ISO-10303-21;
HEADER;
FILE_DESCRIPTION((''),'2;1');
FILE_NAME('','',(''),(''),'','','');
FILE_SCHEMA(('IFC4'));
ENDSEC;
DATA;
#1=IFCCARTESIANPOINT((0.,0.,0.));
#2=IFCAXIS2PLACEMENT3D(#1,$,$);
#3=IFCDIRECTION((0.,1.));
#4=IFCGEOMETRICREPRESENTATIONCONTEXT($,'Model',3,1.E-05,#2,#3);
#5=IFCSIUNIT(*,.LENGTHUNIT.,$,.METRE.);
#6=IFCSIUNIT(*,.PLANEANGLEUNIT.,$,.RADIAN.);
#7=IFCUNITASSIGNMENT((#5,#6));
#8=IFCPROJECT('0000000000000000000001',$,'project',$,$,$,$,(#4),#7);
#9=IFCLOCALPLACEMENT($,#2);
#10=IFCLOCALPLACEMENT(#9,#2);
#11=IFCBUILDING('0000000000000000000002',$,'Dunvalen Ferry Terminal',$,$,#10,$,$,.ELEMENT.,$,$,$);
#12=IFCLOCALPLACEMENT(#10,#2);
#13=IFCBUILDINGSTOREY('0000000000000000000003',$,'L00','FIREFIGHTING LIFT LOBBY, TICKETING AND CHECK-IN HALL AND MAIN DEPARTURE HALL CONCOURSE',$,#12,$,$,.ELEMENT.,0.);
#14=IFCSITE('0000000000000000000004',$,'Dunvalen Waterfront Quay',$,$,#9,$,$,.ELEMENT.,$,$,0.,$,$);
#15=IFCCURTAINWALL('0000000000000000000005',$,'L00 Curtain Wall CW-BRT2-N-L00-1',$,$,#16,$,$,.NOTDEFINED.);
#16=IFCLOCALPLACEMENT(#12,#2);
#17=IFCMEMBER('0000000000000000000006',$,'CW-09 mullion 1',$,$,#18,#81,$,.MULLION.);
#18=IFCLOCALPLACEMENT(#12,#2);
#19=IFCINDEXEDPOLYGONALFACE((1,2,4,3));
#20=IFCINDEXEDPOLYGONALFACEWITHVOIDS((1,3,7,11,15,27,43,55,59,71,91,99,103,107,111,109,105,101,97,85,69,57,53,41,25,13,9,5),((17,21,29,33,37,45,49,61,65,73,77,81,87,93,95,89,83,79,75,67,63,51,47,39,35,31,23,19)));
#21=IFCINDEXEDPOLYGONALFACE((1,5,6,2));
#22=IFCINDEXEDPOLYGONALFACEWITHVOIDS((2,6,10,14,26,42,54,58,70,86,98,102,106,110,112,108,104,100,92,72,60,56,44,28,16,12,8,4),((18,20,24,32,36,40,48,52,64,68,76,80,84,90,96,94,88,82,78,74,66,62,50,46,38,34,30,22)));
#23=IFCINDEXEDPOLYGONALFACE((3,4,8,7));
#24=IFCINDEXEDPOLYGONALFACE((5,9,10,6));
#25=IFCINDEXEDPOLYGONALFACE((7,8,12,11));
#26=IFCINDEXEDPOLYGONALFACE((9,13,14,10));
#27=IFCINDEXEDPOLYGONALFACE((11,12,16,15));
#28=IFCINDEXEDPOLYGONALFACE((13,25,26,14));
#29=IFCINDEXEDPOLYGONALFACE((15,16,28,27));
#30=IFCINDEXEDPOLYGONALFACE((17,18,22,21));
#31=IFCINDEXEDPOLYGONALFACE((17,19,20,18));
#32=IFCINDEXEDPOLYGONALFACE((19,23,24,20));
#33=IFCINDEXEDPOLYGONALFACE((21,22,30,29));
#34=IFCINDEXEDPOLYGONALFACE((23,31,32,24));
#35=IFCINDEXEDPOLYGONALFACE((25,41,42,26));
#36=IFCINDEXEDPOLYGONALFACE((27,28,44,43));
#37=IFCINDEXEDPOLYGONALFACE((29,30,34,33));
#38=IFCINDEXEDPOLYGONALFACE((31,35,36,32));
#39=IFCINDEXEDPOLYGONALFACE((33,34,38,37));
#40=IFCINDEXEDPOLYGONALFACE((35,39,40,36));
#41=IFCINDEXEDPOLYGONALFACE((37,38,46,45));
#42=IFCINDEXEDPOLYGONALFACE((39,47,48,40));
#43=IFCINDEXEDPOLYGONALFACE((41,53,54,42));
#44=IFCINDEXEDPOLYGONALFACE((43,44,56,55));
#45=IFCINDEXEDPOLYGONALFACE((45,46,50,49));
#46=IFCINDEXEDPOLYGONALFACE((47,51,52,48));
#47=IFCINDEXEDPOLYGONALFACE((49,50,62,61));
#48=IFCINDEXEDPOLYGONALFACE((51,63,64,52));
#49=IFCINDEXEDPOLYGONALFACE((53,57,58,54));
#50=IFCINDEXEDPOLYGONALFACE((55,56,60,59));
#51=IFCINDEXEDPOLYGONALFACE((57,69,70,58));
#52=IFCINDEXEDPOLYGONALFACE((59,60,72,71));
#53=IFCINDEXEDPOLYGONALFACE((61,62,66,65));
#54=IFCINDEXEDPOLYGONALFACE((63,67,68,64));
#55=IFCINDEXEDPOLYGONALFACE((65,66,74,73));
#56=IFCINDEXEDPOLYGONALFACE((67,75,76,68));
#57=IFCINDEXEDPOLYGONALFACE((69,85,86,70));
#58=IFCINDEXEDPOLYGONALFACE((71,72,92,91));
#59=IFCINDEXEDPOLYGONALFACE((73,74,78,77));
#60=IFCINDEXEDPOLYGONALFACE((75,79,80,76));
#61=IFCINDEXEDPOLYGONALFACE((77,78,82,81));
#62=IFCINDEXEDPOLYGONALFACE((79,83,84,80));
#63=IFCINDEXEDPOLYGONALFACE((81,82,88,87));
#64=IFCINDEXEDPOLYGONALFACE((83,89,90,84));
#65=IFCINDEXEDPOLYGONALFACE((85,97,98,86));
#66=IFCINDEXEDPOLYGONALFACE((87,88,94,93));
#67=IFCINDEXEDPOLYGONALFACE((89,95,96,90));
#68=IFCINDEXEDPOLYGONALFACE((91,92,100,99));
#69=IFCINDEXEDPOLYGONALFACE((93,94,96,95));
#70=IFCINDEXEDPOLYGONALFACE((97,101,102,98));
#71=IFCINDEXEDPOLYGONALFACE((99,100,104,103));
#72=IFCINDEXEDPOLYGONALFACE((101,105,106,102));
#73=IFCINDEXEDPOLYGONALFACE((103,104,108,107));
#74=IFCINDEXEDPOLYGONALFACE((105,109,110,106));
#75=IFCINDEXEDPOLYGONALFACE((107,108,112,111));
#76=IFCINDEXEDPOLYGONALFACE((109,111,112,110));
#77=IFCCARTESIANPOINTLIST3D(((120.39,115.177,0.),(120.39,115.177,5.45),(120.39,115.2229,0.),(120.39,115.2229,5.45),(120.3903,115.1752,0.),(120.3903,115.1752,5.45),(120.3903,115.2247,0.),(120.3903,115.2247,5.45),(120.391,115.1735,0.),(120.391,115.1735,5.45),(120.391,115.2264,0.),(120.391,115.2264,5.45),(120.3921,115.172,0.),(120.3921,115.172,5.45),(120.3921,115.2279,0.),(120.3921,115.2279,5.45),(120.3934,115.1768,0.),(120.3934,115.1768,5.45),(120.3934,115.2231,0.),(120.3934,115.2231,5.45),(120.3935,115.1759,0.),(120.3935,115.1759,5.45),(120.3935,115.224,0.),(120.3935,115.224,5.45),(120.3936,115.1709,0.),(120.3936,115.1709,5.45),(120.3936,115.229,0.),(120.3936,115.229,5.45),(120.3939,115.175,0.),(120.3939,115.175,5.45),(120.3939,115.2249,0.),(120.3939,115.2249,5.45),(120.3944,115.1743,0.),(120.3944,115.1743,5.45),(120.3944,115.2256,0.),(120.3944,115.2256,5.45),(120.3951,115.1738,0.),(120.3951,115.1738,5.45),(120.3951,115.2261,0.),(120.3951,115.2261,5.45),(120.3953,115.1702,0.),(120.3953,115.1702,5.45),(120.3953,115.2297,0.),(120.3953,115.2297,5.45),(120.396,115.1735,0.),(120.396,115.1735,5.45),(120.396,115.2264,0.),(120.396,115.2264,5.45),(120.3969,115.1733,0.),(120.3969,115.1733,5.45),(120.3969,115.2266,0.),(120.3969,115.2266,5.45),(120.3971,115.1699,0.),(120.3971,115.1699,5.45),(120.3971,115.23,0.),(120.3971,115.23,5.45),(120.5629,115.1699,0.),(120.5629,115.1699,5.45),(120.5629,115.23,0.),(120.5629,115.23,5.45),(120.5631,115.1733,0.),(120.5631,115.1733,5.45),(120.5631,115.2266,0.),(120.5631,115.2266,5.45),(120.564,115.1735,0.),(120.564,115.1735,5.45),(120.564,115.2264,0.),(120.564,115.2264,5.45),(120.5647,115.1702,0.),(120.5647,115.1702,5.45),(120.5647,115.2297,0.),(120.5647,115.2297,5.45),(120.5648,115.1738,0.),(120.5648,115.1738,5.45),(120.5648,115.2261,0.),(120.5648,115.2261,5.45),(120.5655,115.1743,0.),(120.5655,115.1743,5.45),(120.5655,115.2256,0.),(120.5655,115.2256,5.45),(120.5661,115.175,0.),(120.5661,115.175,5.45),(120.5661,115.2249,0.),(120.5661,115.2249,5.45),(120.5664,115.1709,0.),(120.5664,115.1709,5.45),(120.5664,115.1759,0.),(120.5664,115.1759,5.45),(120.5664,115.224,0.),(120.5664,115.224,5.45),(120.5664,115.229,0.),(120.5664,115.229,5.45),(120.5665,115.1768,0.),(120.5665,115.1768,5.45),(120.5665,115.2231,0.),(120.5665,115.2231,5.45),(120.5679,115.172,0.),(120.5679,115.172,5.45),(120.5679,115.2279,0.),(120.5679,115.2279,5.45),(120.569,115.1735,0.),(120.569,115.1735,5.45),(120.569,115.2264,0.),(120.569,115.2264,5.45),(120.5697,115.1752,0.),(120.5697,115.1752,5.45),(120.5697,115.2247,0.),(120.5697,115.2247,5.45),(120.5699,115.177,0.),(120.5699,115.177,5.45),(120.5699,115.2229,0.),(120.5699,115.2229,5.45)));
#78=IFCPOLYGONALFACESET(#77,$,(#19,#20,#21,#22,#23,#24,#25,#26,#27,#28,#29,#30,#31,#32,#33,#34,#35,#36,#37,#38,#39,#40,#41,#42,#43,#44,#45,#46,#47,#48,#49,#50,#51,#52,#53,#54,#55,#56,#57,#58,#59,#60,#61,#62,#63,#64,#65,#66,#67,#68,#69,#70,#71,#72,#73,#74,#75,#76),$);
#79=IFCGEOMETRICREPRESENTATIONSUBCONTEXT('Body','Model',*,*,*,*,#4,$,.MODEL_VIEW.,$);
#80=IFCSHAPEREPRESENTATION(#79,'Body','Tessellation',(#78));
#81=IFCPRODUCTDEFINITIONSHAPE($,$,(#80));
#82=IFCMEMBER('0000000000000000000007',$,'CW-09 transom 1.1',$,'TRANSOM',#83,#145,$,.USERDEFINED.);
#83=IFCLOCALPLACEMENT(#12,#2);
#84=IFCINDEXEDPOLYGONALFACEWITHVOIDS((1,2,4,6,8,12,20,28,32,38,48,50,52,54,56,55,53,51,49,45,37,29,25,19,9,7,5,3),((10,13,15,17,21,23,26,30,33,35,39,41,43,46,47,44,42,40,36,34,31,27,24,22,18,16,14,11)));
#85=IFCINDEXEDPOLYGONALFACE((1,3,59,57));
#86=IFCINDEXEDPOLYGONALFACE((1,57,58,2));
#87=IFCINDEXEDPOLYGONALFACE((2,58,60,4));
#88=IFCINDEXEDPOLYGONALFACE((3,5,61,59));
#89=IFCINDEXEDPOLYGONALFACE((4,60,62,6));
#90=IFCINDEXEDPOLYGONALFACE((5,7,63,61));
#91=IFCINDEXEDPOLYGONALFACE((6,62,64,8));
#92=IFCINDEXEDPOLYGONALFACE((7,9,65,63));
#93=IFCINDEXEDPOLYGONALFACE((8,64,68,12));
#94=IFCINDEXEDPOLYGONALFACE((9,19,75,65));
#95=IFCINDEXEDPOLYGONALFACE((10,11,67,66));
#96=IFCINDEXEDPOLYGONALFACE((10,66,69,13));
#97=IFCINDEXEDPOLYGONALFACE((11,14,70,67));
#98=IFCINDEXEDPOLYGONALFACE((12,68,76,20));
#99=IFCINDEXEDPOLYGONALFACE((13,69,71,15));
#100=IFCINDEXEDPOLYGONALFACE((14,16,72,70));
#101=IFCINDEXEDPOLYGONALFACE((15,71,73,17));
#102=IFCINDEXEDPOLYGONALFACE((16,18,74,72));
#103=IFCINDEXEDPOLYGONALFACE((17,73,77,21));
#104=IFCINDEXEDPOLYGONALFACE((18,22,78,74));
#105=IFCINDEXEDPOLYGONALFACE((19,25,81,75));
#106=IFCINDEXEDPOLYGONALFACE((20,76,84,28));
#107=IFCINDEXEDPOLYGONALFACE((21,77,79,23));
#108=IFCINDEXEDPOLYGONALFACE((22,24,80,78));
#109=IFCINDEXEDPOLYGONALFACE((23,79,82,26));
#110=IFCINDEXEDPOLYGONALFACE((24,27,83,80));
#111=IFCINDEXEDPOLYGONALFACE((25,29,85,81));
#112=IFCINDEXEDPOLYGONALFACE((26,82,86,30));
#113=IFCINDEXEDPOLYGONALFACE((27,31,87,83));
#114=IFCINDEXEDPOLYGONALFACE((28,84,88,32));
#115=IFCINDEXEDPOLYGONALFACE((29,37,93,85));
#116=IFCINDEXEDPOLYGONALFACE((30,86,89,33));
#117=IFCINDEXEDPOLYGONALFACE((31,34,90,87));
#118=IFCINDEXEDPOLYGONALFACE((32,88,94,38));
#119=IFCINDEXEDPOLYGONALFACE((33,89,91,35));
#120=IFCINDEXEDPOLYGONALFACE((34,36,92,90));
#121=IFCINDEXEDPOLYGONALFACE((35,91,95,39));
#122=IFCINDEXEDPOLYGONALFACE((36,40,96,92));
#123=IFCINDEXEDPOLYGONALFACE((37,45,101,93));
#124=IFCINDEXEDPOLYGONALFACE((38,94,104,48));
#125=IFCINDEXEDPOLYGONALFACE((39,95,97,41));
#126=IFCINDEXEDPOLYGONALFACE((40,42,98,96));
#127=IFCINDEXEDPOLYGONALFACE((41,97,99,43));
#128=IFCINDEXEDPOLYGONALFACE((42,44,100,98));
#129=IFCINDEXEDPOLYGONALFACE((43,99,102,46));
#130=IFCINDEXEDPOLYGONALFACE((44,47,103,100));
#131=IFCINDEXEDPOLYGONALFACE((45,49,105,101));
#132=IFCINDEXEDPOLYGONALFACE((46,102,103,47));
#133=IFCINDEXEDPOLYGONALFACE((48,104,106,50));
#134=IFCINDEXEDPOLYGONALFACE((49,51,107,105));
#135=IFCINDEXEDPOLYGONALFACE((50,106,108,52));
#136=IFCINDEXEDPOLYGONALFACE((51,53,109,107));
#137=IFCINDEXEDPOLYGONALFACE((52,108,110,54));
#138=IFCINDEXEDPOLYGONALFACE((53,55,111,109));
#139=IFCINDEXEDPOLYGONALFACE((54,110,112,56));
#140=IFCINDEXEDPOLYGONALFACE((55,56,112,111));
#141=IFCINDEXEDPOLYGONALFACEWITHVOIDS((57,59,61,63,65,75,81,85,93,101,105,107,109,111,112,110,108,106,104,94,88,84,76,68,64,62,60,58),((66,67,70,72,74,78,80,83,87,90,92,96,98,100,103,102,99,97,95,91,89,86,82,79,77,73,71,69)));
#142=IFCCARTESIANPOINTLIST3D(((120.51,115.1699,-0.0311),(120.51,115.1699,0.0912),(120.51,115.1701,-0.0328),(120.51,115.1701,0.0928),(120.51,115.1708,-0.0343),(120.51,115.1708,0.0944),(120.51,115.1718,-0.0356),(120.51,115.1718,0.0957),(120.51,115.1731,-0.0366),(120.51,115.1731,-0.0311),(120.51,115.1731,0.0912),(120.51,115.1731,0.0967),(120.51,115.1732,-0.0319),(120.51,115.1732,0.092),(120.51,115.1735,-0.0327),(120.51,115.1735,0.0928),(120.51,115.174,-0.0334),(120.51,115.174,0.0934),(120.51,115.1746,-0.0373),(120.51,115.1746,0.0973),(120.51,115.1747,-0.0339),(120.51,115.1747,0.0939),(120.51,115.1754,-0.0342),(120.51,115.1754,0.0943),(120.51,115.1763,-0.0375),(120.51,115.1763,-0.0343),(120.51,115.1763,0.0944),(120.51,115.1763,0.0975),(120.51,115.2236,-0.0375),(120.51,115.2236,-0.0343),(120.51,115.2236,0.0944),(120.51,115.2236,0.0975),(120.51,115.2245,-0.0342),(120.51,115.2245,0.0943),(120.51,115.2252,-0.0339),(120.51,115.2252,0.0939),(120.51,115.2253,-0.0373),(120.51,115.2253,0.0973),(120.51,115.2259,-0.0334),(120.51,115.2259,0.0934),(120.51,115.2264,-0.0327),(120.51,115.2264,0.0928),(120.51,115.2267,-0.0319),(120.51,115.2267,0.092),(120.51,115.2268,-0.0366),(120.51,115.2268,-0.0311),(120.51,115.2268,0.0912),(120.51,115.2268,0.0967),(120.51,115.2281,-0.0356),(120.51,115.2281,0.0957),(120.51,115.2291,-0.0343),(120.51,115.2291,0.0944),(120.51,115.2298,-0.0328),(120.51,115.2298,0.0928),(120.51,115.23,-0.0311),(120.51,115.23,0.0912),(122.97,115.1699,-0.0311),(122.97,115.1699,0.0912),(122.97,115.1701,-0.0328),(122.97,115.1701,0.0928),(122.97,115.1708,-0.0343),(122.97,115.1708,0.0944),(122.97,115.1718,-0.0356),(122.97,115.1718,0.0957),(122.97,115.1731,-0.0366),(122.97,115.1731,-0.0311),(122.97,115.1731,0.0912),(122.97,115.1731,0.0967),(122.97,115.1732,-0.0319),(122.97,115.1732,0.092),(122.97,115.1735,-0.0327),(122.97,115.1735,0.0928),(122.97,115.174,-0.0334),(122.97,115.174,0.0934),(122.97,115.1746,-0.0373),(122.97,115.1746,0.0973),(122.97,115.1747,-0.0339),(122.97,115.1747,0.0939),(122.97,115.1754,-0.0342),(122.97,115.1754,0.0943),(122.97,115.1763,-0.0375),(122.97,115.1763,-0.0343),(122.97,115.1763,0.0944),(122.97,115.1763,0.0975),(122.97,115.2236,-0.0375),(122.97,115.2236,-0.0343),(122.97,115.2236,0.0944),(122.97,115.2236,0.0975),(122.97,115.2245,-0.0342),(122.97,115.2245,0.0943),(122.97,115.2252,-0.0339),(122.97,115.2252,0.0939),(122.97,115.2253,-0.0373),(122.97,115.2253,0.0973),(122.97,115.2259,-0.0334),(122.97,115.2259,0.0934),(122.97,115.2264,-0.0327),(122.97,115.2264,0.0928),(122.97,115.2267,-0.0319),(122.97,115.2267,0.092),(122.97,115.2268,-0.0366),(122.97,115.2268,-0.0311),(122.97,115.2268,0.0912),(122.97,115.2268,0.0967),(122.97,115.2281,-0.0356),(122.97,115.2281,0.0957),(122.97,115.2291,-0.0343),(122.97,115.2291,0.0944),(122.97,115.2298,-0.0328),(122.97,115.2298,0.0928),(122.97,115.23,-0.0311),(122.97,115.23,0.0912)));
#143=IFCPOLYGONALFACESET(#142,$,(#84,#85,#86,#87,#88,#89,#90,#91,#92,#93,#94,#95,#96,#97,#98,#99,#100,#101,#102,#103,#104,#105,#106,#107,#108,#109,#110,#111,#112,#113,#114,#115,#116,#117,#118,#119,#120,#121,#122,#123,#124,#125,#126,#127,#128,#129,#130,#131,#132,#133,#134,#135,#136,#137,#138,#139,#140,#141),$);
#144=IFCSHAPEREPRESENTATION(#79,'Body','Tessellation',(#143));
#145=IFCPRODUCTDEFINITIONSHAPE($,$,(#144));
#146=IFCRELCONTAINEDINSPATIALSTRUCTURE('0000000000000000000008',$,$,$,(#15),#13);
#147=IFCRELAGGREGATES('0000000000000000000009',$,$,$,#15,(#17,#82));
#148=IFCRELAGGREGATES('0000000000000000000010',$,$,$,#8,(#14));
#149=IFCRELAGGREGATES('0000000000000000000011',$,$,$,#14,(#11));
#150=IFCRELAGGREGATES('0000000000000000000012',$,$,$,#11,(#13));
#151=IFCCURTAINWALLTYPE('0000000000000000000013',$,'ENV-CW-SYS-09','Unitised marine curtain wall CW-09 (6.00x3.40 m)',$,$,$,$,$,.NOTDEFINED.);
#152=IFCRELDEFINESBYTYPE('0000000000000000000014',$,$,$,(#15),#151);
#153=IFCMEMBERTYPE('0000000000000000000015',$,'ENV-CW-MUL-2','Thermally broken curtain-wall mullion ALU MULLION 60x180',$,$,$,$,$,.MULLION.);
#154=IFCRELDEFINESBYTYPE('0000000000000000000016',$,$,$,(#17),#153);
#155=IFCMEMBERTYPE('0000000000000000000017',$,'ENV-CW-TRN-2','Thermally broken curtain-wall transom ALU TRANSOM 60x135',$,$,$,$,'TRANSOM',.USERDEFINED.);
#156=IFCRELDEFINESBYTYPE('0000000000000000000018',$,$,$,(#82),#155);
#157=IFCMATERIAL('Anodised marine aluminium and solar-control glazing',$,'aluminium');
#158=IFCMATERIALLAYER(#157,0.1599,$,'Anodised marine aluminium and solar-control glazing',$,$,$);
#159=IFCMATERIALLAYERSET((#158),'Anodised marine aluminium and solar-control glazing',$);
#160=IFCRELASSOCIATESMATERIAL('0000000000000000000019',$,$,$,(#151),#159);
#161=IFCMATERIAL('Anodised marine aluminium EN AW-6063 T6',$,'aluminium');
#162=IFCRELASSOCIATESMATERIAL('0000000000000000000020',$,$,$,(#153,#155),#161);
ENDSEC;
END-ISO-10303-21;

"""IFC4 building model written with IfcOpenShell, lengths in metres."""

from ifc_helpers import new_model, si_unit, direction, frame, origin, origin_2d, place, context, subcontext, project, spatial, hollow_rectangle, extrude, material, layer, layer_set, material_profile, profile_set, type_object, element, aggregate, save


model = new_model("IFC4")

# Units and contexts
model_context = context("Model", 3, precision=1e-05, world=origin(), true_north=direction((0.0, 1.0)))
body_context = subcontext(model_context, "Body", "Model", "MODEL_VIEW")
ifc_project = project(units=[si_unit("LENGTHUNIT", "METRE"), si_unit("PLANEANGLEUNIT", "RADIAN")], contexts=[model_context])

# Site, building, storey
site_placement = place(None, origin())
site = spatial("IfcSite", under=ifc_project, at=site_placement, Name="Dunvalen Waterfront Quay", CompositionType="ELEMENT", RefElevation=0.0)
building_placement = place(site_placement, origin())
building = spatial("IfcBuilding", under=site, at=building_placement, Name="Dunvalen Ferry Terminal", CompositionType="ELEMENT")
storey_placement = place(building_placement, origin())
storey = spatial("IfcBuildingStorey", under=building, at=storey_placement, Name="L00", Description="FIREFIGHTING LIFT LOBBY, TICKETING AND CHECK-IN HALL AND MAIN DEPARTURE HALL CONCOURSE", CompositionType="ELEMENT", Elevation=0.0)

# Curtain wall, members
ifc_material_1 = material(Name="Anodised marine aluminium and solar-control glazing", Category="aluminium")
ifc_layer_1 = layer(ifc_material_1, 0.1599, Name="Anodised marine aluminium and solar-control glazing")
ifc_layer_set_1 = layer_set([ifc_layer_1], Name="Anodised marine aluminium and solar-control glazing")
curtain_wall_type = type_object("IfcCurtainWallType", Name="ENV-CW-SYS-09", Description="Unitised marine curtain wall CW-09 (6.00x3.40 m)", PredefinedType="NOTDEFINED", material=ifc_layer_set_1)
curtain_wall_placement = place(storey_placement, origin())
curtain_wall = element("IfcCurtainWall", 1, at=curtain_wall_placement, inside=storey, type_object=curtain_wall_type, Name="L00 Curtain Wall CW-BRT2-N-L00-1", PredefinedType="NOTDEFINED")
ifc_material_2 = material(Name="Anodised marine aluminium EN AW-6063 T6", Category="aluminium")
ifc_material_profile_1 = material_profile(ifc_material_2, hollow_rectangle(XDim=0.0601, YDim=0.1799, WallThickness=0.0034, InnerFilletRadius=0.0034, OuterFilletRadius=0.0071, at=origin_2d()), Name="Anodised marine aluminium EN AW-6063 T6")
ifc_profile_set_1 = profile_set([ifc_material_profile_1], Name="Anodised marine aluminium EN AW-6063 T6")
member_type_1 = type_object("IfcMemberType", Name="ENV-CW-MUL-2", Description="Thermally broken curtain-wall mullion ALU MULLION 60x180", PredefinedType="MULLION", material=ifc_profile_set_1)
member_1_placement = place(storey_placement, frame((120.48, 115.2, 0.0), z_axis=(0.0, 0.0, 1.0), x_axis=(0.0, 1.0, 0.0)))
member_1 = element("IfcMember", 2, at=member_1_placement, type_object=member_type_1, Name="CW-09 mullion 1", PredefinedType="MULLION", context=body_context, shape_type="SweptSolid", body=[
    extrude(hollow_rectangle(XDim=0.0601, YDim=0.1799, WallThickness=0.0034, InnerFilletRadius=0.0034, OuterFilletRadius=0.0071, at=origin_2d()), origin(), (0.0, 0.0, 1.0), 5.45),
])
ifc_material_profile_2 = material_profile(ifc_material_2, hollow_rectangle(XDim=0.0601, YDim=0.135, WallThickness=0.0032, InnerFilletRadius=0.0032, OuterFilletRadius=0.0063, at=origin_2d()), Name="Anodised marine aluminium EN AW-6063 T6")
ifc_profile_set_2 = profile_set([ifc_material_profile_2], Name="Anodised marine aluminium EN AW-6063 T6")
member_type_2 = type_object("IfcMemberType", Name="ENV-CW-TRN-2", Description="Thermally broken curtain-wall transom ALU TRANSOM 60x135", ElementType="TRANSOM", PredefinedType="USERDEFINED", material=ifc_profile_set_2)
member_2_placement = place(storey_placement, frame((120.51, 115.2, 0.03), z_axis=(1.0, 0.0, 0.0), x_axis=(0.0, 1.0, 0.0)))
member_2 = element("IfcMember", 3, at=member_2_placement, type_object=member_type_2, Name="CW-09 transom 1.1", ObjectType="TRANSOM", PredefinedType="USERDEFINED", context=body_context, shape_type="SweptSolid", body=[
    extrude(hollow_rectangle(XDim=0.0601, YDim=0.135, WallThickness=0.0032, InnerFilletRadius=0.0032, OuterFilletRadius=0.0063, at=origin_2d()), origin(), (0.0, 0.0, 1.0), 2.46),
])
aggregate(curtain_wall, [member_1, member_2])

save(model, "model.ifc")
